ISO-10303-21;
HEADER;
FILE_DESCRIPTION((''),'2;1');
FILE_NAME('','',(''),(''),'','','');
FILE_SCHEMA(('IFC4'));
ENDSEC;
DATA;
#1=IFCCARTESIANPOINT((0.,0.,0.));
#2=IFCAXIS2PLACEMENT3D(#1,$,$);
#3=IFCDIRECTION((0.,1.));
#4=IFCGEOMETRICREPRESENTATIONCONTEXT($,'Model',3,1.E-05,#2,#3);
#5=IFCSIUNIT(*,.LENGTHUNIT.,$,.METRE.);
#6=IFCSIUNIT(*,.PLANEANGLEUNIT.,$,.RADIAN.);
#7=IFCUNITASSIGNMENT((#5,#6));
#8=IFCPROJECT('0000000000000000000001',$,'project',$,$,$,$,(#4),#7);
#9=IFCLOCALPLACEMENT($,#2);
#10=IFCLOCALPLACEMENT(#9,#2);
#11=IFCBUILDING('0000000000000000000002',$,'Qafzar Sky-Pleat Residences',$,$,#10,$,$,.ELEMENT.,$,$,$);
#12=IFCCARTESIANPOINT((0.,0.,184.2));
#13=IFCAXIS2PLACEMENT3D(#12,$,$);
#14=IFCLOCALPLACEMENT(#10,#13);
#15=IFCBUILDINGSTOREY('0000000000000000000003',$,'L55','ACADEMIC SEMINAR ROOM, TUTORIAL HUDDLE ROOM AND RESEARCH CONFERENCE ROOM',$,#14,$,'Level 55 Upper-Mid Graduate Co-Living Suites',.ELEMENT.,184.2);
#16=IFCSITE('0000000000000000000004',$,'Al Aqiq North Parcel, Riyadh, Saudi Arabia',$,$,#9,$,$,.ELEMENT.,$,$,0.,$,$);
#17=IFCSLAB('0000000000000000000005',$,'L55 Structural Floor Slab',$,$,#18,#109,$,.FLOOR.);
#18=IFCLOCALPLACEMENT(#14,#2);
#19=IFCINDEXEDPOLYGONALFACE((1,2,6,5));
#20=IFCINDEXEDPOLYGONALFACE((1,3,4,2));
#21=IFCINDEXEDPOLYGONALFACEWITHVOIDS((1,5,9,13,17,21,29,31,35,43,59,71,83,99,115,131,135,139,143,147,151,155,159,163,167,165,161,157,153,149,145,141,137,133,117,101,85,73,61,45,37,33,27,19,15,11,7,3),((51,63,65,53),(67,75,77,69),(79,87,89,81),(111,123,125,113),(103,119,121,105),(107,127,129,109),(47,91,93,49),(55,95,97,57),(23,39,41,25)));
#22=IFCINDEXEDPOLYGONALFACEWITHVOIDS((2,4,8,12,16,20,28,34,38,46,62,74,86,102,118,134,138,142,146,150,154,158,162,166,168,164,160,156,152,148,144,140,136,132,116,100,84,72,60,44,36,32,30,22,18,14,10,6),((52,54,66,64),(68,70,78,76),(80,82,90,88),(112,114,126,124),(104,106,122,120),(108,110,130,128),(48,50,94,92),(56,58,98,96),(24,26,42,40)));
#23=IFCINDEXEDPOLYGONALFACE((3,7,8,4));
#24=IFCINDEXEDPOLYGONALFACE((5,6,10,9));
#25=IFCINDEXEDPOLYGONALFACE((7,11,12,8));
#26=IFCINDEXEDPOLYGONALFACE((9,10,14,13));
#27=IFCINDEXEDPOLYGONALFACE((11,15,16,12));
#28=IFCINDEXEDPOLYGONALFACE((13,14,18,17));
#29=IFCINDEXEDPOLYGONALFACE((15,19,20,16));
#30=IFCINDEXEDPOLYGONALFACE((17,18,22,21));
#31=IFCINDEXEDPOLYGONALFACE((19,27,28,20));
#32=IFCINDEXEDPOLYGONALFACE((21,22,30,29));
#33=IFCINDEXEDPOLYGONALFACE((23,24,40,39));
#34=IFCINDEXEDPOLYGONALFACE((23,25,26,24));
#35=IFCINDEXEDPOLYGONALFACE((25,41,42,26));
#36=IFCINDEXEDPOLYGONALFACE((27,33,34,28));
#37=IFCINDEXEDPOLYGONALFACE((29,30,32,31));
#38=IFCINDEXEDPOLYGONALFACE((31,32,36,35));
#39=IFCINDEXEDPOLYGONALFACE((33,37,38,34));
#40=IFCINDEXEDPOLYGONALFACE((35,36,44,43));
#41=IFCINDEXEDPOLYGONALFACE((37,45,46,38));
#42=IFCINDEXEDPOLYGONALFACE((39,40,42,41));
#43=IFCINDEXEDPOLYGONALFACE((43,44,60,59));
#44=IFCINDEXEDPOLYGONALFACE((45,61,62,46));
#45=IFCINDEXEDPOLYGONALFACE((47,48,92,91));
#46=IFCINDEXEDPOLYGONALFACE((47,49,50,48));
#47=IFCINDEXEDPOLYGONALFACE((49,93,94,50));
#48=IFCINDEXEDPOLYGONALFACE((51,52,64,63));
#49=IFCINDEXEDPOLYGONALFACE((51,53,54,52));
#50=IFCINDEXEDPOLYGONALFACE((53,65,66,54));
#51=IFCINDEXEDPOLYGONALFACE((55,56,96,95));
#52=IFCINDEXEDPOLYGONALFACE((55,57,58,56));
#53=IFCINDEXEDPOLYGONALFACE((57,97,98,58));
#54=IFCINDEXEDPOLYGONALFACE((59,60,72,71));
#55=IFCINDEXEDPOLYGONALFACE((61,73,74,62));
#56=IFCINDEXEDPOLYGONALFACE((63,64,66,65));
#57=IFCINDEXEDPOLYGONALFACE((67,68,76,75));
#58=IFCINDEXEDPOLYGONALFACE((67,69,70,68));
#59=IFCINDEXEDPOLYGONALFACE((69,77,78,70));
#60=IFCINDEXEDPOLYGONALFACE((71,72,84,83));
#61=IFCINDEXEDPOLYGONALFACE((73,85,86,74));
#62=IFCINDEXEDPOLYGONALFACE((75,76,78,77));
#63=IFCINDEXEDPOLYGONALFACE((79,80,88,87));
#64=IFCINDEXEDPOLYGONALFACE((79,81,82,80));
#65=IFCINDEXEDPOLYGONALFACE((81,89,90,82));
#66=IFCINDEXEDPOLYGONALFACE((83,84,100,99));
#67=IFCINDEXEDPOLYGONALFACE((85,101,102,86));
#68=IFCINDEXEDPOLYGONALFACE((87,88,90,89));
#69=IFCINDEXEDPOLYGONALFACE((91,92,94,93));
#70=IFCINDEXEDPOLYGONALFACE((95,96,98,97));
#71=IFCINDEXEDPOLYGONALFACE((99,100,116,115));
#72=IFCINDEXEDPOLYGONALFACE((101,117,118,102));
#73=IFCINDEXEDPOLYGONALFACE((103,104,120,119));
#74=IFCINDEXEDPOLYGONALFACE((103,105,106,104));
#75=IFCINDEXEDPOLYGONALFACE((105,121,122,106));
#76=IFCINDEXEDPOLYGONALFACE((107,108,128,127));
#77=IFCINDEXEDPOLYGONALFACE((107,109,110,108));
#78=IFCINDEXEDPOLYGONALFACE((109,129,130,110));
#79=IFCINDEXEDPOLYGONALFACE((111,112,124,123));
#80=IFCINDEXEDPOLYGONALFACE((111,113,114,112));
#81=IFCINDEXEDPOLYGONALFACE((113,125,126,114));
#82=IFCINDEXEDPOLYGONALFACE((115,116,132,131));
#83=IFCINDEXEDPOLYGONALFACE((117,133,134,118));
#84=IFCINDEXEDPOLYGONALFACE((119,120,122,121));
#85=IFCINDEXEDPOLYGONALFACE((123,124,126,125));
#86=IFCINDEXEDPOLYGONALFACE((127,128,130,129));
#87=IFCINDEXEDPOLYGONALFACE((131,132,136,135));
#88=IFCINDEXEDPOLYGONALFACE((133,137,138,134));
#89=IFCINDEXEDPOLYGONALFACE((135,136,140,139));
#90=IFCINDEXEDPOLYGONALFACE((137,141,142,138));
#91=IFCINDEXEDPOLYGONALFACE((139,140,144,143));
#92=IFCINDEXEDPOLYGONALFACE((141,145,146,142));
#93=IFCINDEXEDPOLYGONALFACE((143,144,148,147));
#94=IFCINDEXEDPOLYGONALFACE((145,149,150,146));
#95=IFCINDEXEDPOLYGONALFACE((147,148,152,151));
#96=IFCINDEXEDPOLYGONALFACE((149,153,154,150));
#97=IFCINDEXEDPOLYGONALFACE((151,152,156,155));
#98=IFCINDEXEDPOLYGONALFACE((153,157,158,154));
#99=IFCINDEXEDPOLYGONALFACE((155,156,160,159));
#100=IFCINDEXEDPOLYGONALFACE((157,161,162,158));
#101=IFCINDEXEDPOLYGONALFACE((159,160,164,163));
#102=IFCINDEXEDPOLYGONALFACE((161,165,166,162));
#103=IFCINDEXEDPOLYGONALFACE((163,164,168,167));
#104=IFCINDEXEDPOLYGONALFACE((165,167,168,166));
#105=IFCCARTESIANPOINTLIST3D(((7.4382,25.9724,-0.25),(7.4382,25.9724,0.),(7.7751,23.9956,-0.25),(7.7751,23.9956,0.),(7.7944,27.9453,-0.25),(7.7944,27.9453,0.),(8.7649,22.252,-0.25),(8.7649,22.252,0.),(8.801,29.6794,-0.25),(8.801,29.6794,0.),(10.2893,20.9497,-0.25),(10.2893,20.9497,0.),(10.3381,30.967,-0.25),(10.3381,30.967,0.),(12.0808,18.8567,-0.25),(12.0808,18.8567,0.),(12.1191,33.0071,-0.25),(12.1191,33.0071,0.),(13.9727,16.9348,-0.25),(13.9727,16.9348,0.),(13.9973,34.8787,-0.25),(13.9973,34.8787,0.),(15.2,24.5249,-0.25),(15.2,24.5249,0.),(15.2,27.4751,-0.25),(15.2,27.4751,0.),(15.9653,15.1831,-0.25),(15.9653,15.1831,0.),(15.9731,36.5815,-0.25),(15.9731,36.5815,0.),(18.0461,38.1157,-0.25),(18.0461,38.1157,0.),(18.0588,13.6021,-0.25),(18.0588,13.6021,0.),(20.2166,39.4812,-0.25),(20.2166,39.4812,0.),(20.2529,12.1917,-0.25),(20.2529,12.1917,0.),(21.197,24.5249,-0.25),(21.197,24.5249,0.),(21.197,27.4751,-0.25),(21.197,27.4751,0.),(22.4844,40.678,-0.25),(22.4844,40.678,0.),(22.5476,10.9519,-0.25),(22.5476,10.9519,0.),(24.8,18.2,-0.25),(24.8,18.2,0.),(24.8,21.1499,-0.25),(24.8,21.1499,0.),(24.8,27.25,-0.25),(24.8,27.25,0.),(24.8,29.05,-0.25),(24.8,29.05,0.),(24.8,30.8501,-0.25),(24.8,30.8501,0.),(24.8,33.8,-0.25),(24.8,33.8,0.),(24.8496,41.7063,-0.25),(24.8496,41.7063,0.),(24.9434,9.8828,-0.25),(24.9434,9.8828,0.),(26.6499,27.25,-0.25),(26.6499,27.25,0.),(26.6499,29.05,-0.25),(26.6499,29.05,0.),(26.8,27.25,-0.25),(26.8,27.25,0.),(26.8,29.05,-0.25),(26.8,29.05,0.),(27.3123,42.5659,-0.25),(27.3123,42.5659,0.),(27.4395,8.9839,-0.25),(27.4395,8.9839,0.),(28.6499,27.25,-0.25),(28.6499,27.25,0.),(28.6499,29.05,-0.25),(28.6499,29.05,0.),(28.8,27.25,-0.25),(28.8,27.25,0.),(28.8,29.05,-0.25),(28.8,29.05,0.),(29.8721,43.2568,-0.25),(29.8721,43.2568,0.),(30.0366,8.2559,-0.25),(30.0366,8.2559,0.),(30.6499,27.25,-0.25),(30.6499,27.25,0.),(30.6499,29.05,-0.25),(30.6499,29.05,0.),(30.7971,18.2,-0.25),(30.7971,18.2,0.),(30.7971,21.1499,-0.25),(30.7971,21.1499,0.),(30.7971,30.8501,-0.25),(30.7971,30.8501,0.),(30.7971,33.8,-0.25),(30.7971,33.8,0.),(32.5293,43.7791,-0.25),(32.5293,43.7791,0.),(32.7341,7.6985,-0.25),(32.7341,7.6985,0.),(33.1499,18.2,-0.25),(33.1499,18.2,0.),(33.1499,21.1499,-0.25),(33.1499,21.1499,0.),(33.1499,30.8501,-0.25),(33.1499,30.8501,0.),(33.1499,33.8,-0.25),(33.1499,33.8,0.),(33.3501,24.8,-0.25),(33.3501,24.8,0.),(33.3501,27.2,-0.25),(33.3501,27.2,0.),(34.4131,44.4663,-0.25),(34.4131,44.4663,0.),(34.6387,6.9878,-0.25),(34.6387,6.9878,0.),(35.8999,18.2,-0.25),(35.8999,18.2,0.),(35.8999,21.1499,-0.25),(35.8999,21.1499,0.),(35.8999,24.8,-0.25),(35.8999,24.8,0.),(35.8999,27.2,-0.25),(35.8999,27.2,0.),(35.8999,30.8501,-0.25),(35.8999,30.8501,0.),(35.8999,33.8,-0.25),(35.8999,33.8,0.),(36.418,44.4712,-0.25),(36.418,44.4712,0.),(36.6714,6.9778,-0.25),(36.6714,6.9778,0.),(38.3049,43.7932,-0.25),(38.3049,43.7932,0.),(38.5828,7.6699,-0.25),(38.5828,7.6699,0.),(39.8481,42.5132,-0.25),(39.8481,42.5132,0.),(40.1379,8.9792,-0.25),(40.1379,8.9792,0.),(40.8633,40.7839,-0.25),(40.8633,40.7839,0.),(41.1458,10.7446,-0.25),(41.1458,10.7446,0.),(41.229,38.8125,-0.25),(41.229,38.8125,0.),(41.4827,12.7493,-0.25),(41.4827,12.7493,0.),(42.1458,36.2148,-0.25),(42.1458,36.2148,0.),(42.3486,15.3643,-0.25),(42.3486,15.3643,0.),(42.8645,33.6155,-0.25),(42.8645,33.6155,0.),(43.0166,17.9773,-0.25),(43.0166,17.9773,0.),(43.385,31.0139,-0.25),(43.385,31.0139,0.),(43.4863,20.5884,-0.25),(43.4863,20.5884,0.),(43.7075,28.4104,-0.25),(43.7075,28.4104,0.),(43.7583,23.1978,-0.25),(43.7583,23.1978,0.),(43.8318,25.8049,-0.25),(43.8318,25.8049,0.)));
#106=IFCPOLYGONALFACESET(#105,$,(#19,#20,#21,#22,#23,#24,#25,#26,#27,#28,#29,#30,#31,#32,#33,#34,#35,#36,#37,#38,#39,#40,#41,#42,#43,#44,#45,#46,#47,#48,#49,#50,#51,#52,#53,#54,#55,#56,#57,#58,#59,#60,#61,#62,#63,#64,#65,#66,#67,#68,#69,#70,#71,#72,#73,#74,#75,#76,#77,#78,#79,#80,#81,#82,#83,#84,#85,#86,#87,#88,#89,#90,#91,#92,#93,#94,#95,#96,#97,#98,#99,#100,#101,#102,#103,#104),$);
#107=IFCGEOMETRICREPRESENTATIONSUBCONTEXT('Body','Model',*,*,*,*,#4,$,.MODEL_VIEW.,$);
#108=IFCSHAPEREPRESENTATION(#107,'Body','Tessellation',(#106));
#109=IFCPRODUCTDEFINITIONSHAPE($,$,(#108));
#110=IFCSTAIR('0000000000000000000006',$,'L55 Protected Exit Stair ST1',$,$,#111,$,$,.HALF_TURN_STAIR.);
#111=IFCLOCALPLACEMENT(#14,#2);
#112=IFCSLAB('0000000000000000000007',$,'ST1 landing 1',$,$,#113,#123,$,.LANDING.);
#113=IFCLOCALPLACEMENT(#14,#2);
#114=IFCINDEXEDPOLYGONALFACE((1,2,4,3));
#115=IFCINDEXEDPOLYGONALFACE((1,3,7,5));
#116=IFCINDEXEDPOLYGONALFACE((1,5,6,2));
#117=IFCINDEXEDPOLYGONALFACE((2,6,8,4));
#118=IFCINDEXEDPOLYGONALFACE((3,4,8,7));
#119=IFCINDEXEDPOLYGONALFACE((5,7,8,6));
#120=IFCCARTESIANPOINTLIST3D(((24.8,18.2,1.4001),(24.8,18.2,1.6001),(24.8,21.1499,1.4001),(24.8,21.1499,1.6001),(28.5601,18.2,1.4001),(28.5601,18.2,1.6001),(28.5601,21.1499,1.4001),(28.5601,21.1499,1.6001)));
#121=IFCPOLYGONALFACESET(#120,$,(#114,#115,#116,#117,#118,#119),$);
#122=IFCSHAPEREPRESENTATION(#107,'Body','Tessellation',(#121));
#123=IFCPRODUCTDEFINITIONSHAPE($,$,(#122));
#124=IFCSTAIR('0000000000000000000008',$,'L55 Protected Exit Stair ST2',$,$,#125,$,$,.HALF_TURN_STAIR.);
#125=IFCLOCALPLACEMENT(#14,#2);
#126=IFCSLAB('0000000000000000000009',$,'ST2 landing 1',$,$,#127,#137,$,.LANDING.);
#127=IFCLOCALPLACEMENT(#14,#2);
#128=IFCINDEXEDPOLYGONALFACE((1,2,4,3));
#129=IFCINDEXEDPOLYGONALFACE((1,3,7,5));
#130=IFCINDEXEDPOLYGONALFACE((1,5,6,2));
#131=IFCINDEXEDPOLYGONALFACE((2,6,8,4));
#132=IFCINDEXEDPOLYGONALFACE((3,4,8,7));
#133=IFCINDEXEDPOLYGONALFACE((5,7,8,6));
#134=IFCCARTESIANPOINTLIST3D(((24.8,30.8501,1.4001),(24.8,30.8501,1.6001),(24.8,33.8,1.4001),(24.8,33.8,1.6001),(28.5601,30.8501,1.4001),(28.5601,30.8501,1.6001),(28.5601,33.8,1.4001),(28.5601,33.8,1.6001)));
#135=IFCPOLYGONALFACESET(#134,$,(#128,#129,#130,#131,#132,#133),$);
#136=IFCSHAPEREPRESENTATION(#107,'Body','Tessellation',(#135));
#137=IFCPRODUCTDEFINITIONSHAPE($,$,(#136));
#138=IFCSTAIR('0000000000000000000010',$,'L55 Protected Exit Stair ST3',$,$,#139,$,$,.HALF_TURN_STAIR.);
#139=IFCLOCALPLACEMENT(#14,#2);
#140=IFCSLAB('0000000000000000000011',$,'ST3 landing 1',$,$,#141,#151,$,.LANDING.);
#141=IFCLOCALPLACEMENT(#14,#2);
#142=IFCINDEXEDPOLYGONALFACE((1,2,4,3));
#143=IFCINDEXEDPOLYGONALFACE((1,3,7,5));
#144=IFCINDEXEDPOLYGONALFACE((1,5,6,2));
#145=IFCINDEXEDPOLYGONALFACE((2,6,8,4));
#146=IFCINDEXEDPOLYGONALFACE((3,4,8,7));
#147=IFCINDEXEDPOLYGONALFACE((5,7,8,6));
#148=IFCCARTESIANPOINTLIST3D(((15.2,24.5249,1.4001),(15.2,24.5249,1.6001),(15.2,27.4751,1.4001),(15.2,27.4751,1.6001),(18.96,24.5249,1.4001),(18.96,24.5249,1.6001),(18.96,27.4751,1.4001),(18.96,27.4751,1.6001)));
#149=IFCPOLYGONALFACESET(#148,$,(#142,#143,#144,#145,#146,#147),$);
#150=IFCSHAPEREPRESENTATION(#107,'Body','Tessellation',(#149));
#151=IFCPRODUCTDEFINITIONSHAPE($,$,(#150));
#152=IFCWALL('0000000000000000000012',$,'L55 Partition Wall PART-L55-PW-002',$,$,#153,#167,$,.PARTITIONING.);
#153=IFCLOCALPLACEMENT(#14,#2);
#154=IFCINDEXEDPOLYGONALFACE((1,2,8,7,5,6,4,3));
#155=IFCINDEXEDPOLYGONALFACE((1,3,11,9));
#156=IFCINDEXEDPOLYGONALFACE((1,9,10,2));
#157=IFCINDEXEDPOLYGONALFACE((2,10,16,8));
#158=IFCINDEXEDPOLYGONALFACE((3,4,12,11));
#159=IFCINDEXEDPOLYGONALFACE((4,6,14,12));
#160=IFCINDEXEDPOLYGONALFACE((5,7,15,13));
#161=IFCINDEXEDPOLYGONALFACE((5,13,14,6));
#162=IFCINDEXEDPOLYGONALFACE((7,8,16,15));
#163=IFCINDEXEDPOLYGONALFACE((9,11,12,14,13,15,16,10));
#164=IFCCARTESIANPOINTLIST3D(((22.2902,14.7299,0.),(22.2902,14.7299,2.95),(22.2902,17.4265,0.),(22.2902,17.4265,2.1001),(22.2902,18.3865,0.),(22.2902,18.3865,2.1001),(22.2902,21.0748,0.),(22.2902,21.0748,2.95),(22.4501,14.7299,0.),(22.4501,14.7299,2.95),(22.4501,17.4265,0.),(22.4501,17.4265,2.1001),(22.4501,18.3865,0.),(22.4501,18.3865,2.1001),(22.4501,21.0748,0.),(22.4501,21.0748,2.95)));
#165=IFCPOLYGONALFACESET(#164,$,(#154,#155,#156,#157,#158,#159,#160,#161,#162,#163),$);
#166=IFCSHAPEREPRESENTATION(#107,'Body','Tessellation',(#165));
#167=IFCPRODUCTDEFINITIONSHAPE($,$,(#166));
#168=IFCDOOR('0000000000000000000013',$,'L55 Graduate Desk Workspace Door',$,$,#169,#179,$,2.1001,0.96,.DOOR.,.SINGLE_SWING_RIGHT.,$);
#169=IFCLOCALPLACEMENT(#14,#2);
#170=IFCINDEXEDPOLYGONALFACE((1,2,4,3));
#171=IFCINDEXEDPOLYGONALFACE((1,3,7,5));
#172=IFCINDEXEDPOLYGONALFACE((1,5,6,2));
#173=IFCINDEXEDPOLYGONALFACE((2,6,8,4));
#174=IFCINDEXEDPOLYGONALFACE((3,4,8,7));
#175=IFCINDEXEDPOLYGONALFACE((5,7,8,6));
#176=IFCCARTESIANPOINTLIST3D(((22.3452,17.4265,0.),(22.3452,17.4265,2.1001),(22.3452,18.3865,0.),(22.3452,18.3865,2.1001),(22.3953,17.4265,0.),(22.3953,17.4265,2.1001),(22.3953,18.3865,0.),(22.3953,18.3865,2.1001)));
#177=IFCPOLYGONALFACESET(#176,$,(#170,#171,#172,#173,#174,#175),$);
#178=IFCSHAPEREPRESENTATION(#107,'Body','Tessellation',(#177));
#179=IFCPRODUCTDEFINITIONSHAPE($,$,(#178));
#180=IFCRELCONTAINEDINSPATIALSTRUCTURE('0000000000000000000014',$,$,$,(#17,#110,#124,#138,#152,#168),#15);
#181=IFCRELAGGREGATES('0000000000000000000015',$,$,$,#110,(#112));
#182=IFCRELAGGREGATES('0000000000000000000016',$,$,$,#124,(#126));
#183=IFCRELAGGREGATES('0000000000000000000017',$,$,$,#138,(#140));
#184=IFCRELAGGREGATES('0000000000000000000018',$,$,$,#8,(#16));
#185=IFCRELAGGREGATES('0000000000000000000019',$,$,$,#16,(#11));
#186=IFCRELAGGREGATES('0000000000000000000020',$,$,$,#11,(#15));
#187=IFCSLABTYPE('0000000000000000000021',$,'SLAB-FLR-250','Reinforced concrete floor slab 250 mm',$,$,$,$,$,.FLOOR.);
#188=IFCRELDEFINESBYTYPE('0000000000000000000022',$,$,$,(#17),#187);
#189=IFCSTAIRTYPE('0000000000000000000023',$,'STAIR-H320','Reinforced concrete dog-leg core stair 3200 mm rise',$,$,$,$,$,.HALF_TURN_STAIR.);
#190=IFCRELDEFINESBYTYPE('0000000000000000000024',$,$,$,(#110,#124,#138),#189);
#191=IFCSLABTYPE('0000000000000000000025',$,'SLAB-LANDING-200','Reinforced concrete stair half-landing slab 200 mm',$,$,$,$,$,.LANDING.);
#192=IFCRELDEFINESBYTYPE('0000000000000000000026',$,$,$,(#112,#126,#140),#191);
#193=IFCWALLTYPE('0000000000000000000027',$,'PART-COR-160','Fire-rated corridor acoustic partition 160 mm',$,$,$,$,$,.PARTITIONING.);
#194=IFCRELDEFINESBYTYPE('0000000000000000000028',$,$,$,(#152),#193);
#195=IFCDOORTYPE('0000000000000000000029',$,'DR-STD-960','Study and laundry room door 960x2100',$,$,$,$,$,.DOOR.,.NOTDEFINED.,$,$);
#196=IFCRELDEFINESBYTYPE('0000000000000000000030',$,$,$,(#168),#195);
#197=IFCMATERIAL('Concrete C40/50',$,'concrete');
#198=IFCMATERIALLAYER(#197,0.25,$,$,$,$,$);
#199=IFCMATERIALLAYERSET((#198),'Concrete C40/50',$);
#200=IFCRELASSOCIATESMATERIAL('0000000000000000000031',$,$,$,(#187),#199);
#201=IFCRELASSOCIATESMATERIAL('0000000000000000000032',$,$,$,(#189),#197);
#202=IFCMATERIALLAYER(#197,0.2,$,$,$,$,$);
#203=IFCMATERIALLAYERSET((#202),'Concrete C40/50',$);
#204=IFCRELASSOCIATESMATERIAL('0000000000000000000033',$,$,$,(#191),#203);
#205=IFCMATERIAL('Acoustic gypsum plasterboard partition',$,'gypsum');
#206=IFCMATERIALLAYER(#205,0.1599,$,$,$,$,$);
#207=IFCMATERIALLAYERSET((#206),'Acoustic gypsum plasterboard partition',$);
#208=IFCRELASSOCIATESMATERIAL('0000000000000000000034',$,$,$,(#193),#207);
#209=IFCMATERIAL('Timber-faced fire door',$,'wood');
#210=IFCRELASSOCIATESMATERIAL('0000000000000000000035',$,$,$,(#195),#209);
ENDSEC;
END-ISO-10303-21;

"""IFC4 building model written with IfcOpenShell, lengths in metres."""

from ifc_helpers import new_model, si_unit, direction, frame, frame_2d, origin, place, context, subcontext, project, spatial, polyline, rectangle, outline, extrude, source, transform, mapped, material, layer, layer_set, type_object, element, fill, aggregate, save


model = new_model("IFC4")

# Units and contexts
model_context = context("Model", 3, precision=1e-05, world=origin(), true_north=direction((0.0, 1.0)))
body_context = subcontext(model_context, "Body", "Model", "MODEL_VIEW")
ifc_project = project(units=[si_unit("LENGTHUNIT", "METRE"), si_unit("PLANEANGLEUNIT", "RADIAN")], contexts=[model_context])

# Site, building, storey
site_placement = place(None, origin())
site = spatial("IfcSite", under=ifc_project, at=site_placement, Name="Al Aqiq North Parcel, Riyadh, Saudi Arabia", CompositionType="ELEMENT", RefElevation=0.0)
building_placement = place(site_placement, origin())
building = spatial("IfcBuilding", under=site, at=building_placement, Name="Qafzar Sky-Pleat Residences", CompositionType="ELEMENT")
storey_placement = place(building_placement, frame((0.0, 0.0, 184.2)))
storey = spatial("IfcBuildingStorey", under=building, at=storey_placement, Name="L55", Description="ACADEMIC SEMINAR ROOM, TUTORIAL HUDDLE ROOM AND RESEARCH CONFERENCE ROOM", LongName="Level 55 Upper-Mid Graduate Co-Living Suites", CompositionType="ELEMENT", Elevation=184.2)

# Slab
ifc_material_1 = material(Name="Concrete C40/50", Category="concrete")
ifc_layer_1 = layer(ifc_material_1, 0.25)
ifc_layer_set_1 = layer_set([ifc_layer_1], Name="Concrete C40/50")
slab_type_1 = type_object("IfcSlabType", Name="SLAB-FLR-250", Description="Reinforced concrete floor slab 250 mm", PredefinedType="FLOOR", material=ifc_layer_set_1)
slab_1_placement = place(storey_placement, frame((0.0, 0.0, -0.25)))
element("IfcSlab", 1, at=slab_1_placement, inside=storey, type_object=slab_type_1, Name="L55 Structural Floor Slab", PredefinedType="FLOOR", context=body_context, shape_type="SweptSolid", body=[
    extrude(outline(polyline([(10.3381, 30.967), (8.801, 29.6794), (7.7944, 27.9453), (7.4382, 25.9724), (7.7751, 23.9956), (8.7649, 22.252), (10.2893, 20.9497), (12.0808, 18.8567), (13.9727, 16.9348), (15.9653, 15.1831), (18.0588, 13.6021), (20.2529, 12.1917), (22.5476, 10.9519), (24.9434, 9.8828), (27.4395, 8.9839), (30.0366, 8.2559), (32.7341, 7.6985), (34.6387, 6.9878), (36.6714, 6.9778), (38.5828, 7.6699), (40.1379, 8.9792), (41.1458, 10.7446), (41.4827, 12.7493), (42.3486, 15.3643), (43.0166, 17.9773), (43.4863, 20.5884), (43.7583, 23.1978), (43.8318, 25.8049), (43.7075, 28.4104), (43.385, 31.0139), (42.8645, 33.6155), (42.1458, 36.2148), (41.229, 38.8125), (40.8633, 40.7839), (39.8481, 42.5132), (38.3049, 43.7932), (36.418, 44.4712), (34.4131, 44.4663), (32.5293, 43.7791), (29.8721, 43.2568), (27.3123, 42.5659), (24.8496, 41.7063), (22.4844, 40.678), (20.2166, 39.4812), (18.0461, 38.1157), (15.9731, 36.5815), (13.9973, 34.8787), (12.1191, 33.0071), (10.3381, 30.967)]), holes=[polyline([(30.7971, 21.1499), (24.8, 21.1499), (24.8, 18.2), (30.7971, 18.2), (30.7971, 21.1499)]), polyline([(30.7971, 33.8), (24.8, 33.8), (24.8, 30.8501), (30.7971, 30.8501), (30.7971, 33.8)]), polyline([(21.197, 27.4751), (15.2, 27.4751), (15.2, 24.5249), (21.197, 24.5249), (21.197, 27.4751)]), polyline([(24.8, 27.25), (26.6499, 27.25), (26.6499, 29.05), (24.8, 29.05), (24.8, 27.25)]), polyline([(26.8, 27.25), (28.6499, 27.25), (28.6499, 29.05), (26.8, 29.05), (26.8, 27.25)]), polyline([(28.8, 27.25), (30.6499, 27.25), (30.6499, 29.05), (28.8, 29.05), (28.8, 27.25)]), polyline([(33.1499, 18.2), (35.8999, 18.2), (35.8999, 21.1499), (33.1499, 21.1499), (33.1499, 18.2)]), polyline([(33.1499, 30.8501), (35.8999, 30.8501), (35.8999, 33.8), (33.1499, 33.8), (33.1499, 30.8501)]), polyline([(33.3501, 24.8), (35.8999, 24.8), (35.8999, 27.2), (33.3501, 27.2), (33.3501, 24.8)])]), origin(), (0.0, 0.0, 1.0), 0.25),
])

# Stairs, slabs
stair_type = type_object("IfcStairType", Name="STAIR-H320", Description="Reinforced concrete dog-leg core stair 3200 mm rise", PredefinedType="HALF_TURN_STAIR", material=ifc_material_1)
stair_1_placement = place(storey_placement, origin())
stair_1 = element("IfcStair", 2, at=stair_1_placement, inside=storey, type_object=stair_type, Name="L55 Protected Exit Stair ST1", PredefinedType="HALF_TURN_STAIR")
ifc_layer_2 = layer(ifc_material_1, 0.2)
ifc_layer_set_2 = layer_set([ifc_layer_2], Name="Concrete C40/50")
slab_type_2 = type_object("IfcSlabType", Name="SLAB-LANDING-200", Description="Reinforced concrete stair half-landing slab 200 mm", PredefinedType="LANDING", material=ifc_layer_set_2)
slab_2_placement = place(storey_placement, frame((0.0, 0.0, 1.4001)))
slab_2 = element("IfcSlab", 3, at=slab_2_placement, type_object=slab_type_2, Name="ST1 landing 1", PredefinedType="LANDING", context=body_context, shape_type="SweptSolid", body=[
    extrude(outline(polyline([(28.5601, 21.1499), (24.8, 21.1499), (24.8, 18.2), (28.5601, 18.2), (28.5601, 21.1499)])), origin(), (0.0, 0.0, 1.0), 0.2),
])
aggregate(stair_1, [slab_2])
stair_2_placement = place(storey_placement, origin())
stair_2 = element("IfcStair", 4, at=stair_2_placement, inside=storey, type_object=stair_type, Name="L55 Protected Exit Stair ST2", PredefinedType="HALF_TURN_STAIR")
slab_3_placement = place(storey_placement, frame((0.0, 0.0, 1.4001)))
slab_3 = element("IfcSlab", 5, at=slab_3_placement, type_object=slab_type_2, Name="ST2 landing 1", PredefinedType="LANDING", context=body_context, shape_type="SweptSolid", body=[
    extrude(outline(polyline([(28.5601, 33.8), (24.8, 33.8), (24.8, 30.8501), (28.5601, 30.8501), (28.5601, 33.8)])), origin(), (0.0, 0.0, 1.0), 0.2),
])
aggregate(stair_2, [slab_3])
stair_3_placement = place(storey_placement, origin())
stair_3 = element("IfcStair", 6, at=stair_3_placement, inside=storey, type_object=stair_type, Name="L55 Protected Exit Stair ST3", PredefinedType="HALF_TURN_STAIR")
slab_4_placement = place(storey_placement, frame((0.0, 0.0, 1.4001)))
slab_4 = element("IfcSlab", 7, at=slab_4_placement, type_object=slab_type_2, Name="ST3 landing 1", PredefinedType="LANDING", context=body_context, shape_type="SweptSolid", body=[
    extrude(outline(polyline([(18.96, 27.4751), (15.2, 27.4751), (15.2, 24.5249), (18.96, 24.5249), (18.96, 27.4751)])), origin(), (0.0, 0.0, 1.0), 0.2),
])
aggregate(stair_3, [slab_4])

# Wall, opening, door
ifc_material_2 = material(Name="Acoustic gypsum plasterboard partition", Category="gypsum")
ifc_layer_3 = layer(ifc_material_2, 0.1599)
ifc_layer_set_3 = layer_set([ifc_layer_3], Name="Acoustic gypsum plasterboard partition")
wall_type_1 = type_object("IfcWallType", Name="PART-COR-160", Description="Fire-rated corridor acoustic partition 160 mm", PredefinedType="PARTITIONING", material=ifc_layer_set_3)
wall_1_placement = place(storey_placement, frame((22.3701, 14.73, 0.0), z_axis=(0.0, 0.0, 1.0), x_axis=(0.0, 1.0, 0.0)))
wall_1 = element("IfcWall", 8, at=wall_1_placement, inside=storey, type_object=wall_type_1, Name="L55 Partition Wall PART-L55-PW-002", PredefinedType="PARTITIONING", context=body_context, shape_type="SweptSolid", body=[
    extrude(rectangle(XDim=6.345, YDim=0.1599, at=frame_2d((3.1724, 0.0))), origin(), (0.0, 0.0, 1.0), 2.95),
])
opening_1_placement = place(wall_1_placement, frame((2.6965, 0.0, 0.0)))
opening_1 = element("IfcOpeningElement", 9, at=opening_1_placement, cuts=wall_1, PredefinedType="OPENING", context=body_context, shape_type="SweptSolid", body=[
    extrude(rectangle(XDim=0.96, YDim=2.1001, at=frame_2d((0.48, 1.05))), frame((0.0, 0.0898, 0.0), z_axis=(0.0, -1.0, 0.0), x_axis=(1.0, 0.0, 0.0)), (0.0, 0.0, 1.0), 0.1799),
])
ifc_material_3 = material(Name="Timber-faced fire door", Category="wood")
door_type = type_object("IfcDoorType", Name="DR-STD-960", Description="Study and laundry room door 960x2100", OperationType="NOTDEFINED", PredefinedType="DOOR", material=ifc_material_3)
shared_shape_1 = source(origin(), body_context, "Body", "SweptSolid", [
    extrude(rectangle(XDim=0.96, YDim=2.1001, at=frame_2d((0.48, 1.05))), frame((0.0, 0.0249, 0.0), z_axis=(0.0, -1.0, 0.0), x_axis=(1.0, 0.0, 0.0)), (0.0, 0.0, 1.0), 0.05),
])
door_placement = place(opening_1_placement, origin())
door = element("IfcDoor", 10, at=door_placement, inside=storey, type_object=door_type, Name="L55 Graduate Desk Workspace Door", OperationType="SINGLE_SWING_RIGHT", OverallHeight=2.1001, OverallWidth=0.96, PredefinedType="DOOR", context=body_context, shape_type="MappedRepresentation", body=[
    mapped(shared_shape_1, transform((0.0, 0.0, 0.0), x_axis=(1.0, 0.0, 0.0), y_axis=(0.0, 1.0, 0.0), z_axis=(0.0, 0.0, 1.0), scale=1.0)),
])
fill(opening_1, door)

save(model, "model.ifc")
